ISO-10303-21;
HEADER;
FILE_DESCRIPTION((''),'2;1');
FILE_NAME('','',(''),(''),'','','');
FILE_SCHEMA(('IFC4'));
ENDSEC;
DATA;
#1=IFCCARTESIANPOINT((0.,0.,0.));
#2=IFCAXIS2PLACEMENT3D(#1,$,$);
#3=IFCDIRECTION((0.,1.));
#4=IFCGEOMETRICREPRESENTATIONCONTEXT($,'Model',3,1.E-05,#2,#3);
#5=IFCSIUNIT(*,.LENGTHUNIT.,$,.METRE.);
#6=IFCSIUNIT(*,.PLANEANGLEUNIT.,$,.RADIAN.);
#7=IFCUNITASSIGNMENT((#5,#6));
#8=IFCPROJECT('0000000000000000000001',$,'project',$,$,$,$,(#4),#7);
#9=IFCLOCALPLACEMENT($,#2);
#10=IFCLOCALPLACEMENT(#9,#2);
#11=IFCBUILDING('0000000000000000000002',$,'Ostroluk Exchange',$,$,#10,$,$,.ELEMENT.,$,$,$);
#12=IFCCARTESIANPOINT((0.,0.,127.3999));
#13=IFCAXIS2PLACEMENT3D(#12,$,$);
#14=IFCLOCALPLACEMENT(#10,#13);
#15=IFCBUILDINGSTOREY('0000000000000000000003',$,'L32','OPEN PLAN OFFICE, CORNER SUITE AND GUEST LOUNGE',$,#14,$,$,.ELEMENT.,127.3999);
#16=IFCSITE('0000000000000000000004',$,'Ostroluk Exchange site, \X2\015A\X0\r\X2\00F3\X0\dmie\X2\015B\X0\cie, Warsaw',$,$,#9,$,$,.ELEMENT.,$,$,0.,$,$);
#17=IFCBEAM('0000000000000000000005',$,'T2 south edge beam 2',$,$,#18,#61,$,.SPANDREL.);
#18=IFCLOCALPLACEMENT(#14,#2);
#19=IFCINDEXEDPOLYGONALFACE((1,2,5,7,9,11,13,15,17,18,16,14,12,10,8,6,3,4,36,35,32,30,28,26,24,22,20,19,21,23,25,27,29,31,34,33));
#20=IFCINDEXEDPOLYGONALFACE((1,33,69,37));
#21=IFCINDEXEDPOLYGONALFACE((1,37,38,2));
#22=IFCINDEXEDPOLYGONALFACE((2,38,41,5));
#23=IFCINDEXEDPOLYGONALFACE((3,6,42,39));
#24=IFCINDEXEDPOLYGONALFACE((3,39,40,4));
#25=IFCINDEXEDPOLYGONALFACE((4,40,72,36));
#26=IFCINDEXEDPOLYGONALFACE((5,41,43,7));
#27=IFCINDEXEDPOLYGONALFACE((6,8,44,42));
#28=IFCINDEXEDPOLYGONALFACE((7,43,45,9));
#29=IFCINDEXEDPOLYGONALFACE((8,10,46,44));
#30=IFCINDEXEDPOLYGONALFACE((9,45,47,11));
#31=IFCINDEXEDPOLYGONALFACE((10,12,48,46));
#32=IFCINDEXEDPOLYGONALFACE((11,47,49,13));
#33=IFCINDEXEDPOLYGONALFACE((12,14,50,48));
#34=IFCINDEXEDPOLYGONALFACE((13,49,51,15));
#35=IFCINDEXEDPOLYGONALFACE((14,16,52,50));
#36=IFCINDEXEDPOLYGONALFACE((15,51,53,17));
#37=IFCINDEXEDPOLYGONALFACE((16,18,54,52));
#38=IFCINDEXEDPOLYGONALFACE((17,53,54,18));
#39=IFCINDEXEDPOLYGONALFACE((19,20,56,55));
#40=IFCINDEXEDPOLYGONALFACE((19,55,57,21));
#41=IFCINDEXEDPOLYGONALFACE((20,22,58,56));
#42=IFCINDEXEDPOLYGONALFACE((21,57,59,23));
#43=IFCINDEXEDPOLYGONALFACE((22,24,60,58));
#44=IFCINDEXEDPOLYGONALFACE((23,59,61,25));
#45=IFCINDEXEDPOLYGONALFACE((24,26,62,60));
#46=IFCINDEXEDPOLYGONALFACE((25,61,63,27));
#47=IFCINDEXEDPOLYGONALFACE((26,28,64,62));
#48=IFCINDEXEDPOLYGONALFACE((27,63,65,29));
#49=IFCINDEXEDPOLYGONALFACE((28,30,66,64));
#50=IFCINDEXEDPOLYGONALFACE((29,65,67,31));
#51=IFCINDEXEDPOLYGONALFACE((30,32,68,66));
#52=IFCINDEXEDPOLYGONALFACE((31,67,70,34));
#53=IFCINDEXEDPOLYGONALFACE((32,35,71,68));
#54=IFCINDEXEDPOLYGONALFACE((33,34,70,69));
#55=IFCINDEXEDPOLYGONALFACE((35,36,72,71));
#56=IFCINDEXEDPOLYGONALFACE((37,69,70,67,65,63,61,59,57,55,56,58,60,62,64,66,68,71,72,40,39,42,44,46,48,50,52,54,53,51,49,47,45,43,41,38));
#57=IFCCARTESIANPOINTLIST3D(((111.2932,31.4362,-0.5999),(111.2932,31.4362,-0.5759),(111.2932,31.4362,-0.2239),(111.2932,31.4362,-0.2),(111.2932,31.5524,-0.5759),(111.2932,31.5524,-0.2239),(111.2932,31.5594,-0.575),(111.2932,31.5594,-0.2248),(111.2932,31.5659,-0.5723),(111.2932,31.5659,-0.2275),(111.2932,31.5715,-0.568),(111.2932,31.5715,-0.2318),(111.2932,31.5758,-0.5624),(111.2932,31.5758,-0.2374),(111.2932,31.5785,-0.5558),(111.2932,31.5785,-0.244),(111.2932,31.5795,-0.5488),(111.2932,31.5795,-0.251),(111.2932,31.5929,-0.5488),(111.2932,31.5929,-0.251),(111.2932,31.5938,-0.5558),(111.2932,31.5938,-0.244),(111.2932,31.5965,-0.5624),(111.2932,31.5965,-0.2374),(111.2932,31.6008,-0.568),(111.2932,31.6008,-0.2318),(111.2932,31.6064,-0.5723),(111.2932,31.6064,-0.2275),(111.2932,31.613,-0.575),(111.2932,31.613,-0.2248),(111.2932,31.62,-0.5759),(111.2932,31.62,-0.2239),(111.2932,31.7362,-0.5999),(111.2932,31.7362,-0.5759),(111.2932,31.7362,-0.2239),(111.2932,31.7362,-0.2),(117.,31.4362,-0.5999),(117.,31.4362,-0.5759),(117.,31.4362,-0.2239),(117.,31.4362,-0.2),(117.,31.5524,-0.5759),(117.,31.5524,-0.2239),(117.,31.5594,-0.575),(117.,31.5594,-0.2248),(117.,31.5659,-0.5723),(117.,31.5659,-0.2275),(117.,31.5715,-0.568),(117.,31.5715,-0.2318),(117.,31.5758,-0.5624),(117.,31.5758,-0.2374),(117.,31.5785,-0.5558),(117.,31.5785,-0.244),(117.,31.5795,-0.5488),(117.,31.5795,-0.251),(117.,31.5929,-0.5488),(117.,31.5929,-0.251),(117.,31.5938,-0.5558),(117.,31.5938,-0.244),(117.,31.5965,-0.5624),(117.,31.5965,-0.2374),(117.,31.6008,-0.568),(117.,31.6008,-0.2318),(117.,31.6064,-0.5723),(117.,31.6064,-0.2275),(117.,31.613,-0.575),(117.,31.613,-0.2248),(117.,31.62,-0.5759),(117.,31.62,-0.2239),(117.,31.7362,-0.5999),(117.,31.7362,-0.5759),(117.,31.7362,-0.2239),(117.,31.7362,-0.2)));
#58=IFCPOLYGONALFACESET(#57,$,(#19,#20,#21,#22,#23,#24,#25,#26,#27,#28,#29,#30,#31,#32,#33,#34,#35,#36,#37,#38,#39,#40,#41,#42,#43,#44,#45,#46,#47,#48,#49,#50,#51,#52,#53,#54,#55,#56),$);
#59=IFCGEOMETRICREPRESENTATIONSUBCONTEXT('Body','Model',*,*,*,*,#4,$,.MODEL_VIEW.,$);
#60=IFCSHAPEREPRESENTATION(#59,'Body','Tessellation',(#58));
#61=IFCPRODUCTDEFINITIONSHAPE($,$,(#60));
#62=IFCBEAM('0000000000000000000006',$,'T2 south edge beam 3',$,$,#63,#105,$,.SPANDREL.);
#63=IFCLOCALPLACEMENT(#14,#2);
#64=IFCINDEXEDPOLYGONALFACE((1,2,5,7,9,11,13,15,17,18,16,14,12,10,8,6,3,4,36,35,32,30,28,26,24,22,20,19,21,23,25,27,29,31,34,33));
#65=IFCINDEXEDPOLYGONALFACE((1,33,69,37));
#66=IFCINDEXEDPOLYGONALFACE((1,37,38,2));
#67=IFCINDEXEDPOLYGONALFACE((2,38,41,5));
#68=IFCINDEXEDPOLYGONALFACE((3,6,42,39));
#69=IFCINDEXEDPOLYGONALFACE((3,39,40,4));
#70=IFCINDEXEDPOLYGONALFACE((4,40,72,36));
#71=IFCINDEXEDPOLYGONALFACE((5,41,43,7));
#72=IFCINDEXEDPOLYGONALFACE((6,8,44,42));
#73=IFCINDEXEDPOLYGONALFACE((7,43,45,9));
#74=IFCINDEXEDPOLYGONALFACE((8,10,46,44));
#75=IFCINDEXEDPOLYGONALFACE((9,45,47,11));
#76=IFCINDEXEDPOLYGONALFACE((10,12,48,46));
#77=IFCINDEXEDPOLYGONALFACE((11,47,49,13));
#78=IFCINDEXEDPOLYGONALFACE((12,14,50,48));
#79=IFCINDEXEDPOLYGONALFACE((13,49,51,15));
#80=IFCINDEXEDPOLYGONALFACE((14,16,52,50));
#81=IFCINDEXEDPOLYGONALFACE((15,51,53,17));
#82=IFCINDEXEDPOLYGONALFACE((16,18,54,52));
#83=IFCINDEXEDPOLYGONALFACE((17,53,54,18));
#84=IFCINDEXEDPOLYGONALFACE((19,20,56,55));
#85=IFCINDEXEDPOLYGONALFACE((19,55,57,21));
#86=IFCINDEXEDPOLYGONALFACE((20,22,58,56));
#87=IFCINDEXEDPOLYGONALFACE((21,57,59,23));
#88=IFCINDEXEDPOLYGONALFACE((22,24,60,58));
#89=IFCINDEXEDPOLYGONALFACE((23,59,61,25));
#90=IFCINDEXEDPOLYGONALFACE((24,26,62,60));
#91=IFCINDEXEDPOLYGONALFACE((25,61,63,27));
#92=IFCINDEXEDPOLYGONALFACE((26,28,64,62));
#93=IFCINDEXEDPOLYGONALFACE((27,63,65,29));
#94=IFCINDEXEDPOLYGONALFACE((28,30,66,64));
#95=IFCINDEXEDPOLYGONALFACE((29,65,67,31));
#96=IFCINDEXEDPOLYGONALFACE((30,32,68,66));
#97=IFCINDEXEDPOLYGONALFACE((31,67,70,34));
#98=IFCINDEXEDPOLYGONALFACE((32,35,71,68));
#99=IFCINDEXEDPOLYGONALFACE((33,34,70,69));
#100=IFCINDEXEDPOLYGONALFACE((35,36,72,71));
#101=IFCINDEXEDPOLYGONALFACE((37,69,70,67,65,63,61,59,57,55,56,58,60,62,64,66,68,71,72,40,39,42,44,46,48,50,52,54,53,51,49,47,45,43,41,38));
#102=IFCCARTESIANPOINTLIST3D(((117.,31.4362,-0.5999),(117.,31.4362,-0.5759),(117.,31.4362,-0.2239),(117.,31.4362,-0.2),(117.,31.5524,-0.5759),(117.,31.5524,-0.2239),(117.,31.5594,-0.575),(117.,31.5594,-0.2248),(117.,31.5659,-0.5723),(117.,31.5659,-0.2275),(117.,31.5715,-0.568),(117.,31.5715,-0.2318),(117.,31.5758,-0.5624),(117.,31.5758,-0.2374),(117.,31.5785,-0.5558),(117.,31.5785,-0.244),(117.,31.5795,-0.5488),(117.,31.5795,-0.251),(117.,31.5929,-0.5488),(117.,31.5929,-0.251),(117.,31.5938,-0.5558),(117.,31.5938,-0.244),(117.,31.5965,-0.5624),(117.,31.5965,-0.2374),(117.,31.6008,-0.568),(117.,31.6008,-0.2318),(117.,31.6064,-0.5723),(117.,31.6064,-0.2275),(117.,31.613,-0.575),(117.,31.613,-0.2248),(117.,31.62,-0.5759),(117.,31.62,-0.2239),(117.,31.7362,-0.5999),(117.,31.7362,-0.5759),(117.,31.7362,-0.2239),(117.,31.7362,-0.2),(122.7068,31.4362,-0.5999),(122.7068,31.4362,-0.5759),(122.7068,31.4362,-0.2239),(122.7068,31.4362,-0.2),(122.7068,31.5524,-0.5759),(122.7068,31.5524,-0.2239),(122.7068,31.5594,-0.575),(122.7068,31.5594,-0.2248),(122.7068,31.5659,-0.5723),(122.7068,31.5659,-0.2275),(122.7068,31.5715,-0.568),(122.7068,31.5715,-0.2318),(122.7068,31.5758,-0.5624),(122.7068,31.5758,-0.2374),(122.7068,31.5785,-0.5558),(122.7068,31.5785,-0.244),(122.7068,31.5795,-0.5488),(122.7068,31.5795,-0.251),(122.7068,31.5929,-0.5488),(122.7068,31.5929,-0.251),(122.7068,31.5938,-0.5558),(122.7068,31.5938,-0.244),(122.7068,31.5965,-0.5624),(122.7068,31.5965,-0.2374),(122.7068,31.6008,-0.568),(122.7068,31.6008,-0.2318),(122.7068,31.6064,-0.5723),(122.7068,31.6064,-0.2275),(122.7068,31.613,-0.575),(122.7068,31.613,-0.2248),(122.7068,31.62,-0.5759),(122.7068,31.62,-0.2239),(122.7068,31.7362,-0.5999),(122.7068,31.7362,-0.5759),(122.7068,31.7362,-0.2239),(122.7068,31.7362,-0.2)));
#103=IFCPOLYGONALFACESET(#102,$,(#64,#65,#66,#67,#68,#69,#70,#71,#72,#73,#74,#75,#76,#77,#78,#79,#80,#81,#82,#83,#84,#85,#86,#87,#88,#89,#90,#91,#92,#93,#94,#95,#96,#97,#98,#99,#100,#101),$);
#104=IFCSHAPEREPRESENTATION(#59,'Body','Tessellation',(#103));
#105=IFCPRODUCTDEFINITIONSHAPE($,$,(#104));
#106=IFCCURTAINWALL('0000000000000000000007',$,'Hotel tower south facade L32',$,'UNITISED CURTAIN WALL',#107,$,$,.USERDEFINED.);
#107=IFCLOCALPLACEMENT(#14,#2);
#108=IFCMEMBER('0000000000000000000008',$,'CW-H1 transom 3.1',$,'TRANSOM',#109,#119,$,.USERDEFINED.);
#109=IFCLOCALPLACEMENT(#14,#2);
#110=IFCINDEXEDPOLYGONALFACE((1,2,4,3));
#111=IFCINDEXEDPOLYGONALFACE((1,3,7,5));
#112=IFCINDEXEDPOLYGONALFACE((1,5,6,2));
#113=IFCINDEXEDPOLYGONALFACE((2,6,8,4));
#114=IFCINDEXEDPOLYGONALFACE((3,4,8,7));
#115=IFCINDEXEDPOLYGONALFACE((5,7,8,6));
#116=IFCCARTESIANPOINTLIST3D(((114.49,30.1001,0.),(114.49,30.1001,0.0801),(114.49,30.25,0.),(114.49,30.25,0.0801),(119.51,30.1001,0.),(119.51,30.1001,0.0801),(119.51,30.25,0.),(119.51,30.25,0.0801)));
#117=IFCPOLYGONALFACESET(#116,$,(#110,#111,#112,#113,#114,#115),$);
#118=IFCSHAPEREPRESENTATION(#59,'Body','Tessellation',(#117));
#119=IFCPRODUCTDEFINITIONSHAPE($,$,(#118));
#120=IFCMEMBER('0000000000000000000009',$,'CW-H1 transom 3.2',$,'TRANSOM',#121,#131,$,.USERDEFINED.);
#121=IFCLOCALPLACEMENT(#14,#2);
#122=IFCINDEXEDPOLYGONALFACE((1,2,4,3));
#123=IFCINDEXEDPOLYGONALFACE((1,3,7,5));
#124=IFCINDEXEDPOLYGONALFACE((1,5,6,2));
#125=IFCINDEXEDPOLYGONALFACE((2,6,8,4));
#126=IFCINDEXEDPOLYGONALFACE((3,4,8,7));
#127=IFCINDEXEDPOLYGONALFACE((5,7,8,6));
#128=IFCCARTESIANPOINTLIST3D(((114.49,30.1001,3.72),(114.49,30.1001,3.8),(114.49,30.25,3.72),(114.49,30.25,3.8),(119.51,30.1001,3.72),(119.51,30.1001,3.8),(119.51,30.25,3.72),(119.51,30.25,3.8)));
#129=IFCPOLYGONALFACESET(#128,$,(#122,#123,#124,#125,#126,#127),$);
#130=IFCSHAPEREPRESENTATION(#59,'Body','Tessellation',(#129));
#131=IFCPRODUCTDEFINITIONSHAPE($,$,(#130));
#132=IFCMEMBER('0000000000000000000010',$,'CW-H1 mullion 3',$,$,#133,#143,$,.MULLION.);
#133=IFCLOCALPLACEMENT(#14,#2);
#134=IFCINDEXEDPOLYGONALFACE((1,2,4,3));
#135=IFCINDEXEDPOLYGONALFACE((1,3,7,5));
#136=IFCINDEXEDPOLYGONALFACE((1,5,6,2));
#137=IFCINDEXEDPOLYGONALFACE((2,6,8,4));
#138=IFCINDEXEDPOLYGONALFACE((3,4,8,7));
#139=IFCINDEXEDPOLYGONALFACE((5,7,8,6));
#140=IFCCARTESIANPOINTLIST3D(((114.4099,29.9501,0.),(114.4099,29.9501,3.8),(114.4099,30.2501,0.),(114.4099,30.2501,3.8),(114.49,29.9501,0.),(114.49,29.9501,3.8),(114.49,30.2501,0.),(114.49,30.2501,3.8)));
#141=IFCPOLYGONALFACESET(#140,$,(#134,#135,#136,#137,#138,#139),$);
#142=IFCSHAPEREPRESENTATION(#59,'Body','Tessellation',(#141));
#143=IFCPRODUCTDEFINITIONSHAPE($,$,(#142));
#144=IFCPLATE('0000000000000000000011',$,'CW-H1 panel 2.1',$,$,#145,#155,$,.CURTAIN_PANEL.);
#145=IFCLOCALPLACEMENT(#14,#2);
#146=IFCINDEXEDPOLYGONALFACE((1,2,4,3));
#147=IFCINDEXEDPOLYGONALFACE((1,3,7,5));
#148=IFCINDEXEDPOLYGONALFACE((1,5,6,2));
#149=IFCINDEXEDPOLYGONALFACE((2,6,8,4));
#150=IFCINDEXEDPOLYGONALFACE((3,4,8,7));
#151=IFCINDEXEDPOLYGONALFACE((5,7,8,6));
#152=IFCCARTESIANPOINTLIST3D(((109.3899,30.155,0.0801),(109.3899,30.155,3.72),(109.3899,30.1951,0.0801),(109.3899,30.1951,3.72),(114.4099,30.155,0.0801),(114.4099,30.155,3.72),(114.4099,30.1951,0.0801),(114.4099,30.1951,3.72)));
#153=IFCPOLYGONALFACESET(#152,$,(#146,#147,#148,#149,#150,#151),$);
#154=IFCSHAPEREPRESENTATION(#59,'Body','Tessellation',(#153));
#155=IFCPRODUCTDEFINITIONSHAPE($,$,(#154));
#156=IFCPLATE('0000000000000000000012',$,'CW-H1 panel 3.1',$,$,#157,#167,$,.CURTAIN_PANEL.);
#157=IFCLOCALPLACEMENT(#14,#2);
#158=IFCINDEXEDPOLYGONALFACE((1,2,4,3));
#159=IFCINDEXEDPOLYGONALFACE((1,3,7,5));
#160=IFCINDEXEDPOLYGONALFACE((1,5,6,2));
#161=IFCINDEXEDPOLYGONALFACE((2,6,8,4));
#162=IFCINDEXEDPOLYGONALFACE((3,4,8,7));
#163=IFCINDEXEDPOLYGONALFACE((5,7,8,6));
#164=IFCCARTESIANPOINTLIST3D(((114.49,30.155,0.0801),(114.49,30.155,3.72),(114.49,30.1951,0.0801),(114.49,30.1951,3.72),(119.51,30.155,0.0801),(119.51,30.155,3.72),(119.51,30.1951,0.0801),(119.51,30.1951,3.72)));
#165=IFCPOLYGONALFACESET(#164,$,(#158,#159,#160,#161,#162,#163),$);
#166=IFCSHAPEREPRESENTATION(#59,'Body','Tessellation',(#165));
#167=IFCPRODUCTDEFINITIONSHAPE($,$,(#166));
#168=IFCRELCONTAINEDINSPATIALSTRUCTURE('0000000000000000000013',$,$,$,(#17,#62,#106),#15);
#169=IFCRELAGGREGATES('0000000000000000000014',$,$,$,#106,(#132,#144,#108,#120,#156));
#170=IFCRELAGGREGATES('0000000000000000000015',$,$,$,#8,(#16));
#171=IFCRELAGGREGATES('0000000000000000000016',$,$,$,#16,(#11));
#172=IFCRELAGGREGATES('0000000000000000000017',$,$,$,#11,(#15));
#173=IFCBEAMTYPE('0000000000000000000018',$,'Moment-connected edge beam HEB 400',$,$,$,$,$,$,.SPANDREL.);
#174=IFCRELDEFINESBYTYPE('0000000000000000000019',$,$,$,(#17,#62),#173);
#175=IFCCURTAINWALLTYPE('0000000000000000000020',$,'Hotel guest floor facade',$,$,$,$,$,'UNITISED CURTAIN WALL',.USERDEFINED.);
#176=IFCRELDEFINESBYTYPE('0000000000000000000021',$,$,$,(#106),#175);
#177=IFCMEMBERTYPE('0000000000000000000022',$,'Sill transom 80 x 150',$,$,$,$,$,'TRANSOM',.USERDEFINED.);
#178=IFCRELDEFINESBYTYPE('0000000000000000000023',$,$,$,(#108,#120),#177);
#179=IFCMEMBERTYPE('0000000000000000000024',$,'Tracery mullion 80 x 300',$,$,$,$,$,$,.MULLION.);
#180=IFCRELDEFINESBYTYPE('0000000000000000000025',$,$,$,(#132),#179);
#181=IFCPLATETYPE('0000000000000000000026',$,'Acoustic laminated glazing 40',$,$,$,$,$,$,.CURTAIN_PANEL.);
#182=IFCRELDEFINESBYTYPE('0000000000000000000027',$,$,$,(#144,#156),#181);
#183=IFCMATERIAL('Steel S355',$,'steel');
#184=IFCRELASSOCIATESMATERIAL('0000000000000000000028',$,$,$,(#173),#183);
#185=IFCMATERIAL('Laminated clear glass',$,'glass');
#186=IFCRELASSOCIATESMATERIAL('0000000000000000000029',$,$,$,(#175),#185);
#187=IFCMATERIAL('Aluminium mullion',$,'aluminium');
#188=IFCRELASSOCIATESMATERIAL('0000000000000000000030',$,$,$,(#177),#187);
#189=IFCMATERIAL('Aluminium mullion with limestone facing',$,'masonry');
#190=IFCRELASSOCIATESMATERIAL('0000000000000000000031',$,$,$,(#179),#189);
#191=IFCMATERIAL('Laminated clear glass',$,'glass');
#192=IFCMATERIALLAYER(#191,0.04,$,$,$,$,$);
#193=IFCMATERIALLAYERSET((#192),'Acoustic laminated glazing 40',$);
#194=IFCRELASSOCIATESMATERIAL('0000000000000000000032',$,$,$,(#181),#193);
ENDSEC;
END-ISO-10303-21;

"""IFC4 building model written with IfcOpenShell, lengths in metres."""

from ifc_helpers import new_model, si_unit, direction, frame, origin, origin_2d, place, context, subcontext, project, spatial, rectangle, i_section, extrude, material, layer, layer_set, material_profile, profile_set, type_object, element, aggregate, save


model = new_model("IFC4")

# Units and contexts
model_context = context("Model", 3, precision=1e-05, world=origin(), true_north=direction((0.0, 1.0)))
body_context = subcontext(model_context, "Body", "Model", "MODEL_VIEW")
ifc_project = project(units=[si_unit("LENGTHUNIT", "METRE"), si_unit("PLANEANGLEUNIT", "RADIAN")], contexts=[model_context])

# Site, building, storey
site_placement = place(None, origin())
site = spatial("IfcSite", under=ifc_project, at=site_placement, Name="Ostroluk Exchange site, Śródmieście, Warsaw", CompositionType="ELEMENT", RefElevation=0.0)
building_placement = place(site_placement, origin())
building = spatial("IfcBuilding", under=site, at=building_placement, Name="Ostroluk Exchange", CompositionType="ELEMENT")
storey_placement = place(building_placement, frame((0.0, 0.0, 127.3999)))
storey = spatial("IfcBuildingStorey", under=building, at=storey_placement, Name="L32", Description="OPEN PLAN OFFICE, CORNER SUITE AND GUEST LOUNGE", CompositionType="ELEMENT", Elevation=127.3999)

# Beams
ifc_material_1 = material(Name="Steel S355", Category="steel")
ifc_material_profile_1 = material_profile(ifc_material_1, i_section(OverallWidth=0.3, OverallDepth=0.3999, WebThickness=0.0134, FlangeThickness=0.0239, FilletRadius=0.0271, at=origin_2d()), Name="HEB 400")
ifc_profile_set_1 = profile_set([ifc_material_profile_1], Name="Steel S355")
beam_type_1 = type_object("IfcBeamType", Name="Moment-connected edge beam HEB 400", PredefinedType="SPANDREL", material=ifc_profile_set_1)
for number, where, z_axis, x_axis, name in (
    (1, (111.2932, 31.5862, -0.3999), (1.0, 0.0, 0.0), (0.0, 1.0, 0.0), "T2 south edge beam 2"),
    (2, (117.0, 31.5862, -0.3999), (1.0, 0.0, 0.0), (0.0, 1.0, 0.0), "T2 south edge beam 3"),
):
    element("IfcBeam", number, at=place(storey_placement, frame(where, z_axis=z_axis, x_axis=x_axis)), inside=storey, type_object=beam_type_1, Name=name, PredefinedType="SPANDREL", context=body_context, shape_type="SweptSolid", body=[
        extrude(i_section(OverallWidth=0.3, OverallDepth=0.3999, WebThickness=0.0134, FlangeThickness=0.0239, FilletRadius=0.0271, at=origin_2d()), origin(), (0.0, 0.0, 1.0), 5.7068),
    ])

# Curtain wall, members, plates
ifc_material_2 = material(Name="Laminated clear glass", Category="glass")
curtain_wall_type = type_object("IfcCurtainWallType", Name="Hotel guest floor facade", ElementType="UNITISED CURTAIN WALL", PredefinedType="USERDEFINED", material=ifc_material_2)
curtain_wall_placement = place(storey_placement, origin())
curtain_wall = element("IfcCurtainWall", 3, at=curtain_wall_placement, inside=storey, type_object=curtain_wall_type, Name="Hotel tower south facade L32", ObjectType="UNITISED CURTAIN WALL", PredefinedType="USERDEFINED")
ifc_material_3 = material(Name="Aluminium mullion", Category="aluminium")
ifc_material_profile_2 = material_profile(ifc_material_3, rectangle(XDim=0.1499, YDim=0.0801, at=origin_2d()), Name="Sill transom 80 x 150")
ifc_profile_set_2 = profile_set([ifc_material_profile_2], Name="Aluminium mullion")
member_type_1 = type_object("IfcMemberType", Name="Sill transom 80 x 150", ElementType="TRANSOM", PredefinedType="USERDEFINED", material=ifc_profile_set_2)
member_1_placement = place(storey_placement, frame((114.49, 30.175, 0.04), z_axis=(1.0, 0.0, 0.0), x_axis=(0.0, 1.0, 0.0)))
member_1 = element("IfcMember", 4, at=member_1_placement, type_object=member_type_1, Name="CW-H1 transom 3.1", ObjectType="TRANSOM", PredefinedType="USERDEFINED", context=body_context, shape_type="SweptSolid", body=[
    extrude(rectangle(XDim=0.1499, YDim=0.0801, at=origin_2d()), origin(), (0.0, 0.0, 1.0), 5.02),
])
member_2_placement = place(storey_placement, frame((114.49, 30.175, 3.76), z_axis=(1.0, 0.0, 0.0), x_axis=(0.0, 1.0, 0.0)))
member_2 = element("IfcMember", 5, at=member_2_placement, type_object=member_type_1, Name="CW-H1 transom 3.2", ObjectType="TRANSOM", PredefinedType="USERDEFINED", context=body_context, shape_type="SweptSolid", body=[
    extrude(rectangle(XDim=0.1499, YDim=0.0801, at=origin_2d()), origin(), (0.0, 0.0, 1.0), 5.02),
])
ifc_material_4 = material(Name="Aluminium mullion with limestone facing", Category="masonry")
ifc_material_profile_3 = material_profile(ifc_material_4, rectangle(XDim=0.3, YDim=0.0801, at=origin_2d()), Name="Tracery mullion 80 x 300")
ifc_profile_set_3 = profile_set([ifc_material_profile_3], Name="Aluminium mullion with limestone facing")
member_type_2 = type_object("IfcMemberType", Name="Tracery mullion 80 x 300", PredefinedType="MULLION", material=ifc_profile_set_3)
member_3_placement = place(storey_placement, frame((114.45, 30.1001, 0.0), z_axis=(0.0, 0.0, 1.0), x_axis=(0.0, 1.0, 0.0)))
member_3 = element("IfcMember", 6, at=member_3_placement, type_object=member_type_2, Name="CW-H1 mullion 3", PredefinedType="MULLION", context=body_context, shape_type="SweptSolid", body=[
    extrude(rectangle(XDim=0.3, YDim=0.0801, at=origin_2d()), origin(), (0.0, 0.0, 1.0), 3.8),
])
ifc_material_5 = material(Name="Laminated clear glass", Category="glass")
ifc_layer_1 = layer(ifc_material_5, 0.04)
ifc_layer_set_1 = layer_set([ifc_layer_1], Name="Acoustic laminated glazing 40")
plate_type = type_object("IfcPlateType", Name="Acoustic laminated glazing 40", PredefinedType="CURTAIN_PANEL", material=ifc_layer_set_1)
plate_1_placement = place(storey_placement, frame((111.8999, 30.175, 0.0801), z_axis=(0.0, 0.0, 1.0), x_axis=(1.0, 0.0, 0.0)))
plate_1 = element("IfcPlate", 7, at=plate_1_placement, type_object=plate_type, Name="CW-H1 panel 2.1", PredefinedType="CURTAIN_PANEL", context=body_context, shape_type="SweptSolid", body=[
    extrude(rectangle(XDim=5.02, YDim=0.04, at=origin_2d()), origin(), (0.0, 0.0, 1.0), 3.6399),
])
plate_2_placement = place(storey_placement, frame((117.0, 30.175, 0.0801), z_axis=(0.0, 0.0, 1.0), x_axis=(1.0, 0.0, 0.0)))
plate_2 = element("IfcPlate", 8, at=plate_2_placement, type_object=plate_type, Name="CW-H1 panel 3.1", PredefinedType="CURTAIN_PANEL", context=body_context, shape_type="SweptSolid", body=[
    extrude(rectangle(XDim=5.02, YDim=0.04, at=origin_2d()), origin(), (0.0, 0.0, 1.0), 3.6399),
])
aggregate(curtain_wall, [member_3, plate_1, member_1, member_2, plate_2])

save(model, "model.ifc")
